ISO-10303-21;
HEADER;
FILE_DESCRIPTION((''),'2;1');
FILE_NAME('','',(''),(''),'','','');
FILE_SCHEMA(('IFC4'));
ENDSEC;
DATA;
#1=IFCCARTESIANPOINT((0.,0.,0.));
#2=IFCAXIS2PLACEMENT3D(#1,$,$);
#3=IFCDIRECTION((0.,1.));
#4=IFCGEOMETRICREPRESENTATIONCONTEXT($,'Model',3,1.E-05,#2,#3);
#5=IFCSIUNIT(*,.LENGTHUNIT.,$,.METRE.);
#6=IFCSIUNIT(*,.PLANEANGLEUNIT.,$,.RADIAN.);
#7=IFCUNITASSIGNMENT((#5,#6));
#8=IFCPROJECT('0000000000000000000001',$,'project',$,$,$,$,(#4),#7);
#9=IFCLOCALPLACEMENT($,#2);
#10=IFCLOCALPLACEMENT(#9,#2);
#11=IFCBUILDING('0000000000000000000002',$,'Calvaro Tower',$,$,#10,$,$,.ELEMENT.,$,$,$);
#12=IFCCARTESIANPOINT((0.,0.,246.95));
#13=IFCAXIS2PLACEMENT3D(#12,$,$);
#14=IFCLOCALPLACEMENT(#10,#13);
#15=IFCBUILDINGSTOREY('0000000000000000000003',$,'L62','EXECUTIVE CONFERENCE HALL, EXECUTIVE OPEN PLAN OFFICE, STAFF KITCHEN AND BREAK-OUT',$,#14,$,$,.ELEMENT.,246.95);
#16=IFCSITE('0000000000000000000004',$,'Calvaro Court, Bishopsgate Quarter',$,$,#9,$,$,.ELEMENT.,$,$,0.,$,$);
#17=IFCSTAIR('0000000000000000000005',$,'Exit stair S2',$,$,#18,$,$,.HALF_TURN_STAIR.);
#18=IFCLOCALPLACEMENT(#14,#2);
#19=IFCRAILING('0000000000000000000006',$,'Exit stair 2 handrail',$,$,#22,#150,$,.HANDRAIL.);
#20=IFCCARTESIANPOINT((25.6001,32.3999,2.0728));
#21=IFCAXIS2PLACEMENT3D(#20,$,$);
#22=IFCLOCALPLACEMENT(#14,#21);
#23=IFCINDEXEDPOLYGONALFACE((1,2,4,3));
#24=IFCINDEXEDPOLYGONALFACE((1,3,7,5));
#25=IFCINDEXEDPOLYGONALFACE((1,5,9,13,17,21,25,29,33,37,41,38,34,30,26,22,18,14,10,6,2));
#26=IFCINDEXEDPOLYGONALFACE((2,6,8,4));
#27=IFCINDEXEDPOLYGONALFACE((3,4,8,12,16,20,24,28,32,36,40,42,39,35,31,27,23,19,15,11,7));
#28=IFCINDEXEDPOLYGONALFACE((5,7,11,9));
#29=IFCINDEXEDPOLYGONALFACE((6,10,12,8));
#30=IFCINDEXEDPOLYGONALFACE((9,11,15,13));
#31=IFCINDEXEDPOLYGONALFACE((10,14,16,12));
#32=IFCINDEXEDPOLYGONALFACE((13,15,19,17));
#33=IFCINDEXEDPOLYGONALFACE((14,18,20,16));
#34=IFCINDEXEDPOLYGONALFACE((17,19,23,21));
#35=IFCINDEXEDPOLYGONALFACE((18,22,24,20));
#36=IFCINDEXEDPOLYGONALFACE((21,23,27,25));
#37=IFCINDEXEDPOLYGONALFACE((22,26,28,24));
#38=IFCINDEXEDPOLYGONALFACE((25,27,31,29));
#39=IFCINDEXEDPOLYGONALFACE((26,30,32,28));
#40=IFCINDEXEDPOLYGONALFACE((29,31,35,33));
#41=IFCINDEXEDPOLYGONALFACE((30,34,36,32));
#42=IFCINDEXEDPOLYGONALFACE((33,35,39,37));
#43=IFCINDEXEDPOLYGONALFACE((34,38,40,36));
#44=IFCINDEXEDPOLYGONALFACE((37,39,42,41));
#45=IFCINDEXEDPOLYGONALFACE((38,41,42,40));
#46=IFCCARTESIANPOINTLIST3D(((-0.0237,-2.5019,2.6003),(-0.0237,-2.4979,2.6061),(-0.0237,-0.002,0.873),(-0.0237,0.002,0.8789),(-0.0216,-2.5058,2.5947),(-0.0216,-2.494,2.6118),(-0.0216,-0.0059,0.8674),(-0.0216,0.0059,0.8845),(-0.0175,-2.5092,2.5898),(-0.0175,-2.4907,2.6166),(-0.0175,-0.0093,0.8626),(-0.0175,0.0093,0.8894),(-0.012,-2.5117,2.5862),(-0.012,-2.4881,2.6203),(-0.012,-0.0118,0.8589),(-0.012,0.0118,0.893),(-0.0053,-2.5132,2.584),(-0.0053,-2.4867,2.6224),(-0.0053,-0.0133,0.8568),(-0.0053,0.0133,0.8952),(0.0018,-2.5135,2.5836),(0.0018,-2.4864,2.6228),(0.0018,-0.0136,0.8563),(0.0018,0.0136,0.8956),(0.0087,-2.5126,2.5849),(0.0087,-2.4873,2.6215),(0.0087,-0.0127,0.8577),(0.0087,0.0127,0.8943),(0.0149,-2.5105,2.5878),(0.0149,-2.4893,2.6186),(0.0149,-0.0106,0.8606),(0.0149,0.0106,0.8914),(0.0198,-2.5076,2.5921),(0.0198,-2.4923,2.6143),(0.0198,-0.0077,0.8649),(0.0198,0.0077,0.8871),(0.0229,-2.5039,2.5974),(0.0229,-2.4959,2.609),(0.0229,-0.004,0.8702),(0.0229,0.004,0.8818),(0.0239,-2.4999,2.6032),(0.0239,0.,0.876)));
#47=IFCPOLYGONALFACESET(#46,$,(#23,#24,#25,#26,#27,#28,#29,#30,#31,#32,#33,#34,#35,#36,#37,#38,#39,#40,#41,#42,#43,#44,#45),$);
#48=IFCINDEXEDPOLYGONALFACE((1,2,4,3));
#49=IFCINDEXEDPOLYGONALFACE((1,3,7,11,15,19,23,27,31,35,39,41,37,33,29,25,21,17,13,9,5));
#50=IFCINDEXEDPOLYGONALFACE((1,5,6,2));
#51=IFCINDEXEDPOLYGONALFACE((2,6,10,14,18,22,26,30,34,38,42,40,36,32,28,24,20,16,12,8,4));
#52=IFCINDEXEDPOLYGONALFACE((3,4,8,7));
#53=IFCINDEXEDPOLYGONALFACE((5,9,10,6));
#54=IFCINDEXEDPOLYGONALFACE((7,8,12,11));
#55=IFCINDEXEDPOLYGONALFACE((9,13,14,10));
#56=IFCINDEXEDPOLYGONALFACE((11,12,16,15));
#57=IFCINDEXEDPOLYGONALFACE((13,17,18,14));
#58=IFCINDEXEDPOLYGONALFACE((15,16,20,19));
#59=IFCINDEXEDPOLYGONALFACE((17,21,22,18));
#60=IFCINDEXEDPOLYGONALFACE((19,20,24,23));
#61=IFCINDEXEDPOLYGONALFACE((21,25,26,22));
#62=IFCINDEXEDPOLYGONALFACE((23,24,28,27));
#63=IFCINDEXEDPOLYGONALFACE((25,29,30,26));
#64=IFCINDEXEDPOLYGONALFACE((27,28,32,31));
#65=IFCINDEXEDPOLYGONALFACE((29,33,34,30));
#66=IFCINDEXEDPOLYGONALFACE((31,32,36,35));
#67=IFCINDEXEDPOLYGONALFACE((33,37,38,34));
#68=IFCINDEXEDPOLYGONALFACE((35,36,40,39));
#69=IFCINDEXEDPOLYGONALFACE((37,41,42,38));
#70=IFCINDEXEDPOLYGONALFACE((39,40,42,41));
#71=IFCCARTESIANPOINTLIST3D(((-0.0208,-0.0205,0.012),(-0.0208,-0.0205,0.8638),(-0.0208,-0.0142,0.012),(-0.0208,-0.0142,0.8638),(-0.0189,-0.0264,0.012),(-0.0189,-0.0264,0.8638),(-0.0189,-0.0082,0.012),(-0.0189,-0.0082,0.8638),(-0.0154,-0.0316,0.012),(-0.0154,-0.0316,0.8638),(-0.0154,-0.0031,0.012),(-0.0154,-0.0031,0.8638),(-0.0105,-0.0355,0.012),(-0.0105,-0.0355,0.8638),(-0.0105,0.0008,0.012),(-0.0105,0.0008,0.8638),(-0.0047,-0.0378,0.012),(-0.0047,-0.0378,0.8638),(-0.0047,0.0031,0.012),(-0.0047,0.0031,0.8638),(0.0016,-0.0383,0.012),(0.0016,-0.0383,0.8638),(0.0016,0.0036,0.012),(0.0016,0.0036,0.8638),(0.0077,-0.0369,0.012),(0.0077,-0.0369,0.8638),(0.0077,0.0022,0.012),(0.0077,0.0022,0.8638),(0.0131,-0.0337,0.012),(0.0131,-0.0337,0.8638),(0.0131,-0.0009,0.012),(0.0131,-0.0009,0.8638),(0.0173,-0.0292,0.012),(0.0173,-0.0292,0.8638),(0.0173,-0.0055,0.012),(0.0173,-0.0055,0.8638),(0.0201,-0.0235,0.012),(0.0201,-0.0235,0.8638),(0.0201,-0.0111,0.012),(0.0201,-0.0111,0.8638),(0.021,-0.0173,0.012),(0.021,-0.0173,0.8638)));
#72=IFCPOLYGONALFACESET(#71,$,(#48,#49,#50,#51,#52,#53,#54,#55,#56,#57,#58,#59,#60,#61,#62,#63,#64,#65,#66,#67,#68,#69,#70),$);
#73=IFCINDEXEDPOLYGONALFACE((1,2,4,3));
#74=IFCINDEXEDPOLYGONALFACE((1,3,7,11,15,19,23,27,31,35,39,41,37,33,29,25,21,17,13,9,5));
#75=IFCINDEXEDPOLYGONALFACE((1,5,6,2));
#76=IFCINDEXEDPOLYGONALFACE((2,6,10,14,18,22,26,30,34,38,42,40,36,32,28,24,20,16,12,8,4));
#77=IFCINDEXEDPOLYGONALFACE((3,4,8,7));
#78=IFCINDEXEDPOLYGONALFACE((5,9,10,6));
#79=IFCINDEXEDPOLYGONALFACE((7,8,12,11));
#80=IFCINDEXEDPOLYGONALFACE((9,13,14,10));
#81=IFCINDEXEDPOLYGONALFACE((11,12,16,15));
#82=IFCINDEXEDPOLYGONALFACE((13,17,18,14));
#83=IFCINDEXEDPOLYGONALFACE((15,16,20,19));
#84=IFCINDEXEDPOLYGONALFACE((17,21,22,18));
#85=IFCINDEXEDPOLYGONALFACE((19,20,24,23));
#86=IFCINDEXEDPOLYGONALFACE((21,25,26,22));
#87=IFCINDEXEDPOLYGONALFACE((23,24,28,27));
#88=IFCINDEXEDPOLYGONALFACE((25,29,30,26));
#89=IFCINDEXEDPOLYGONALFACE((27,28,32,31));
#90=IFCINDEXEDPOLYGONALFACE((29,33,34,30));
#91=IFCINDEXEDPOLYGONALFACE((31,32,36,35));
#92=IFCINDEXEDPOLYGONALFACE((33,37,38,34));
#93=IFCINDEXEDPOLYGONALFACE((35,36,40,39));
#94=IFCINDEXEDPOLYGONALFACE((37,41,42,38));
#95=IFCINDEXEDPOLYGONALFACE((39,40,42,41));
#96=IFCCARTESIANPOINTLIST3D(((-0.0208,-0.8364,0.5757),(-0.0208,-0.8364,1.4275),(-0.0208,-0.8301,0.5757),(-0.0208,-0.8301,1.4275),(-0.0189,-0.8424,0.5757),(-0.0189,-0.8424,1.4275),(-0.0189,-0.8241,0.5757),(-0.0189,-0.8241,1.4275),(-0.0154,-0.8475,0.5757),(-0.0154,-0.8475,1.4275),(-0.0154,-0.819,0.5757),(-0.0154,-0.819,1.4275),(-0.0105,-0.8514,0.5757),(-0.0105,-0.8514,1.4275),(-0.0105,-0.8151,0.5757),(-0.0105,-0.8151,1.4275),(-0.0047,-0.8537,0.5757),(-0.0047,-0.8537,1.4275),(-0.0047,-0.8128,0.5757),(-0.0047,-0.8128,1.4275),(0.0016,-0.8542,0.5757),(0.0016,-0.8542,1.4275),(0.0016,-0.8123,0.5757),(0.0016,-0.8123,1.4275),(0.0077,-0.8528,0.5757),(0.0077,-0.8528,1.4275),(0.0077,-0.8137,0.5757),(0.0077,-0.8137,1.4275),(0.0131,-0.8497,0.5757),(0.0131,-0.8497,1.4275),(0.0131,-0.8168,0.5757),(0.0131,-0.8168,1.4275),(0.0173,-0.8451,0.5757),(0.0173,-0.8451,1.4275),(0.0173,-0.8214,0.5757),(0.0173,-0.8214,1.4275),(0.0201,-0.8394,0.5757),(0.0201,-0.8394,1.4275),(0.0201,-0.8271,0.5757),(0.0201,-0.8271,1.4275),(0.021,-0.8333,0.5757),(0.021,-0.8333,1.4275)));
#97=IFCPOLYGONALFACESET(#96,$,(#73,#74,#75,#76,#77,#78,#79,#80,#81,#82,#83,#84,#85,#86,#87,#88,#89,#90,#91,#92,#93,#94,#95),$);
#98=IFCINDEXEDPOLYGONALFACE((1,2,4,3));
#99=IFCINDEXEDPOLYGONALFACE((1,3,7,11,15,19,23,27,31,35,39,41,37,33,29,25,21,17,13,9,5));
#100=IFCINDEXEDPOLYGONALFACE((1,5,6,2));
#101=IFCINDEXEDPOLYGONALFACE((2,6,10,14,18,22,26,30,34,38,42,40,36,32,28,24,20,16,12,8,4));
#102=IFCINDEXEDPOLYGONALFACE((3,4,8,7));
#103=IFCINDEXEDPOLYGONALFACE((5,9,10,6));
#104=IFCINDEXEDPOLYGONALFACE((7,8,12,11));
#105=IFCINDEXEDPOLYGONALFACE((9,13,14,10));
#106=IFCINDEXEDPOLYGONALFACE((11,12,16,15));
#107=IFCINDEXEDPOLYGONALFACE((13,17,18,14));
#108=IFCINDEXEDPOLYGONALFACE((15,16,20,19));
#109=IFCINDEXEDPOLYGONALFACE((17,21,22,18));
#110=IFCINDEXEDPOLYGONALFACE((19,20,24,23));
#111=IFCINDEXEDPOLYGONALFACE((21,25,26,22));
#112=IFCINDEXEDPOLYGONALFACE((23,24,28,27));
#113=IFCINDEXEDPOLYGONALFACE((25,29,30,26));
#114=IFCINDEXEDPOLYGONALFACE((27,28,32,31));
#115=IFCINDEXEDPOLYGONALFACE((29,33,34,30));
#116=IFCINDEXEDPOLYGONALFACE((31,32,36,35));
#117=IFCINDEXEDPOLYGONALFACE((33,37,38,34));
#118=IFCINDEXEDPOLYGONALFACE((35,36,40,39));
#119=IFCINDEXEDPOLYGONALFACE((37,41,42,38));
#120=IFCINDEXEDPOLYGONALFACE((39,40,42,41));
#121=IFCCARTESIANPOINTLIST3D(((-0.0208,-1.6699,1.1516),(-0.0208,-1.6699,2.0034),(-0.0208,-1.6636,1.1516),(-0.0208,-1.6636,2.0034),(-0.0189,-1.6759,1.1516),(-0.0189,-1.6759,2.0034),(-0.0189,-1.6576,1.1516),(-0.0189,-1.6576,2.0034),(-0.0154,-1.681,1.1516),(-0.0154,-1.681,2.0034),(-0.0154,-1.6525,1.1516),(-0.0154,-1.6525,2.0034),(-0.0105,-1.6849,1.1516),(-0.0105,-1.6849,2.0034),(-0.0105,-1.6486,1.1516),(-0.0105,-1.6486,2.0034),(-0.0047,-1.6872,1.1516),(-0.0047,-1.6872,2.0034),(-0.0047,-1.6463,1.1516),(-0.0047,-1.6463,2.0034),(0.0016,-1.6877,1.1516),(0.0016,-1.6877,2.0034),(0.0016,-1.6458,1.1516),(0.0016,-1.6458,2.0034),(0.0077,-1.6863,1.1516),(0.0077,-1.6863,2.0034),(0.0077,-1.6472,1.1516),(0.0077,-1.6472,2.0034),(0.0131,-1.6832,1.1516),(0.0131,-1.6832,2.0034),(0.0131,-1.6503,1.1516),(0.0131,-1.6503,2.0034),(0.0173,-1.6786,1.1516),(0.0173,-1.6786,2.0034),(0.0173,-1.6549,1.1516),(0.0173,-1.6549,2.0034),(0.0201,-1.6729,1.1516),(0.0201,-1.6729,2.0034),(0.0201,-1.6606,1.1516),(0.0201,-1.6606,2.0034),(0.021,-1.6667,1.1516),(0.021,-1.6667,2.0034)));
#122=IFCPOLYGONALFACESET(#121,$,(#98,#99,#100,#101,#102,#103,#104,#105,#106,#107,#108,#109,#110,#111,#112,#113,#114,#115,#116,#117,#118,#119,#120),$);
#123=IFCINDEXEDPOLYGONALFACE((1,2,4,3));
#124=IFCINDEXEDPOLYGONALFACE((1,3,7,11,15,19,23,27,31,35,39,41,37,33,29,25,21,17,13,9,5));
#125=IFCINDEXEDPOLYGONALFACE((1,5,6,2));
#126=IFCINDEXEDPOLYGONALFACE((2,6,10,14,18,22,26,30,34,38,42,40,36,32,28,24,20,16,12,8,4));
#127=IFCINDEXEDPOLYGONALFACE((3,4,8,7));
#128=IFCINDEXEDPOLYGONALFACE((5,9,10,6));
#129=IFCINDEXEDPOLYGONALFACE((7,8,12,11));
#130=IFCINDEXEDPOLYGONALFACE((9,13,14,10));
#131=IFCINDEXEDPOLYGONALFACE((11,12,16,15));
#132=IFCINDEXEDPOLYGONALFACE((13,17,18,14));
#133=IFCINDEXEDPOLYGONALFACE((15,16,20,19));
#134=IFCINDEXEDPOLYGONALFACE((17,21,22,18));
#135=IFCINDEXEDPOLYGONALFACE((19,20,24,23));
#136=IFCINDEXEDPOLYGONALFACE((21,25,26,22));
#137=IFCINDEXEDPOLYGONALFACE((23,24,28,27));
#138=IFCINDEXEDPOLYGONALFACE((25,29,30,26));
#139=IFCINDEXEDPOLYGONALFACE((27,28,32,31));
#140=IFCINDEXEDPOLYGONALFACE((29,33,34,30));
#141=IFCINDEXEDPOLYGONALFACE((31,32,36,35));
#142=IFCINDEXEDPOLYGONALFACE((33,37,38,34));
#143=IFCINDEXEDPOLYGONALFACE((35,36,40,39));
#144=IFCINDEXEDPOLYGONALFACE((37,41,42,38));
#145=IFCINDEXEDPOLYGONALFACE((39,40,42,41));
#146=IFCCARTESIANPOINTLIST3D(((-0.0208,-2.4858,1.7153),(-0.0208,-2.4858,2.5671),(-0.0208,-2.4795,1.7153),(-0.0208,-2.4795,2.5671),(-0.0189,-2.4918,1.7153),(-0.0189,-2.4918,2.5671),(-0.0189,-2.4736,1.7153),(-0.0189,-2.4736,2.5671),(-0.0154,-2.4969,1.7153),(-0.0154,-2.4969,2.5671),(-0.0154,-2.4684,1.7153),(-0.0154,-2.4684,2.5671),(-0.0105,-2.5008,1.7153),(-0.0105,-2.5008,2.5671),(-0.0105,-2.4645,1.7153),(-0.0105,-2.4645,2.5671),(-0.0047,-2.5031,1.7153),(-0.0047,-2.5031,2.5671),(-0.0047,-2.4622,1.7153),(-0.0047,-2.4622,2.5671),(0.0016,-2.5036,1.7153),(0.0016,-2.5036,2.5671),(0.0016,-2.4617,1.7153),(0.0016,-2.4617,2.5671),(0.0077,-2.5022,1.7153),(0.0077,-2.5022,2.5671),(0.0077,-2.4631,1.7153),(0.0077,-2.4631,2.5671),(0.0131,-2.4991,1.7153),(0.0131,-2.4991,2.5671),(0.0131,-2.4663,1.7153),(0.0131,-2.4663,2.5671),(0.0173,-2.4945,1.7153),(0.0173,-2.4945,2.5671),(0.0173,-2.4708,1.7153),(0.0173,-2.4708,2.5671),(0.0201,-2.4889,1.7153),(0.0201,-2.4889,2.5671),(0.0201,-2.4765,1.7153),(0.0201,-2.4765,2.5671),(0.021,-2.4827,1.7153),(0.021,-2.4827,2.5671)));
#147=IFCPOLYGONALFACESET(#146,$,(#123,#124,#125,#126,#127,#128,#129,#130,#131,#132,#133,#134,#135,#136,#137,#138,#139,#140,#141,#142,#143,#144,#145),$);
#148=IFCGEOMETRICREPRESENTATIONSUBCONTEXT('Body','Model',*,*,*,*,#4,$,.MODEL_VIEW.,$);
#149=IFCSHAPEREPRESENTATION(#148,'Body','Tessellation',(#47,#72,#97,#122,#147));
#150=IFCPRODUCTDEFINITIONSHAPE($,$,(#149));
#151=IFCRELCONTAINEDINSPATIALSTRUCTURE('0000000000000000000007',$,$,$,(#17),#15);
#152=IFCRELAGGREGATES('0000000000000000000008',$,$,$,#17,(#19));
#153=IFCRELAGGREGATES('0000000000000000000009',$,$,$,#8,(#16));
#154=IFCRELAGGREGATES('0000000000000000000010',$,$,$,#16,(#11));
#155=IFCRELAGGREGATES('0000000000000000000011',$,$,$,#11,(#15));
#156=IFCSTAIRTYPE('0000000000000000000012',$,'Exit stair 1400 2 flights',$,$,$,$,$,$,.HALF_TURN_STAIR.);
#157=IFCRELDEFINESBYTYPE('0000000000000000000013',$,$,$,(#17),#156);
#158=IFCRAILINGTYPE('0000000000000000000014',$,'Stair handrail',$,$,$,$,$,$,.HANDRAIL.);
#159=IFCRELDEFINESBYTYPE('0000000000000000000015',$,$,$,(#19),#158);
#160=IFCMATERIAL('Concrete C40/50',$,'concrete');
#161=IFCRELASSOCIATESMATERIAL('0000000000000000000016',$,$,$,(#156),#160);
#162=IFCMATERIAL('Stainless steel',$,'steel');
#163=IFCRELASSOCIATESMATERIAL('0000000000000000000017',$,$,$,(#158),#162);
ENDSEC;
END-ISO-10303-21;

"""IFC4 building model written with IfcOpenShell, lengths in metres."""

from ifc_helpers import new_model, si_unit, direction, frame, origin, origin_2d, place, context, subcontext, project, spatial, circle, extrude, material, type_object, element, aggregate, save


model = new_model("IFC4")

# Units and contexts
model_context = context("Model", 3, precision=1e-05, world=origin(), true_north=direction((0.0, 1.0)))
body_context = subcontext(model_context, "Body", "Model", "MODEL_VIEW")
ifc_project = project(units=[si_unit("LENGTHUNIT", "METRE"), si_unit("PLANEANGLEUNIT", "RADIAN")], contexts=[model_context])

# Site, building, storey
site_placement = place(None, origin())
site = spatial("IfcSite", under=ifc_project, at=site_placement, Name="Calvaro Court, Bishopsgate Quarter", CompositionType="ELEMENT", RefElevation=0.0)
building_placement = place(site_placement, origin())
building = spatial("IfcBuilding", under=site, at=building_placement, Name="Calvaro Tower", CompositionType="ELEMENT")
storey_placement = place(building_placement, frame((0.0, 0.0, 246.95)))
storey = spatial("IfcBuildingStorey", under=building, at=storey_placement, Name="L62", Description="EXECUTIVE CONFERENCE HALL, EXECUTIVE OPEN PLAN OFFICE, STAFF KITCHEN AND BREAK-OUT", CompositionType="ELEMENT", Elevation=246.95)

# Stair, railing
ifc_material_1 = material(Name="Concrete C40/50", Category="concrete")
stair_type = type_object("IfcStairType", Name="Exit stair 1400 2 flights", PredefinedType="HALF_TURN_STAIR", material=ifc_material_1)
stair_placement = place(storey_placement, origin())
stair = element("IfcStair", 1, at=stair_placement, inside=storey, type_object=stair_type, Name="Exit stair S2", PredefinedType="HALF_TURN_STAIR")
ifc_material_2 = material(Name="Stainless steel", Category="steel")
railing_type = type_object("IfcRailingType", Name="Stair handrail", PredefinedType="HANDRAIL", material=ifc_material_2)
railing_1_placement = place(storey_placement, frame((25.6001, 32.3999, 2.0728)))
railing_1 = element("IfcRailing", 2, at=railing_1_placement, type_object=railing_type, Name="Exit stair 2 handrail", PredefinedType="HANDRAIL", context=body_context, shape_type="SweptSolid", body=[
    extrude(circle(Radius=0.0239, at=origin_2d()), frame((0.0, 0.0, 0.876), z_axis=(0.0, -0.822727, 0.568437), x_axis=(1.0, 0.0, 0.0)), (0.0, 0.0, 1.0), 3.0386),
    extrude(circle(Radius=0.021, at=origin_2d()), frame((0.0, -0.0173, 0.012)), (0.0, 0.0, 1.0), 0.8518),
    extrude(circle(Radius=0.021, at=origin_2d()), frame((0.0, -0.8333, 0.5757)), (0.0, 0.0, 1.0), 0.8518),
    extrude(circle(Radius=0.021, at=origin_2d()), frame((0.0, -1.6667, 1.1516)), (0.0, 0.0, 1.0), 0.8518),
    extrude(circle(Radius=0.021, at=origin_2d()), frame((0.0, -2.4827, 1.7153)), (0.0, 0.0, 1.0), 0.8518),
])
aggregate(stair, [railing_1])

save(model, "model.ifc")
